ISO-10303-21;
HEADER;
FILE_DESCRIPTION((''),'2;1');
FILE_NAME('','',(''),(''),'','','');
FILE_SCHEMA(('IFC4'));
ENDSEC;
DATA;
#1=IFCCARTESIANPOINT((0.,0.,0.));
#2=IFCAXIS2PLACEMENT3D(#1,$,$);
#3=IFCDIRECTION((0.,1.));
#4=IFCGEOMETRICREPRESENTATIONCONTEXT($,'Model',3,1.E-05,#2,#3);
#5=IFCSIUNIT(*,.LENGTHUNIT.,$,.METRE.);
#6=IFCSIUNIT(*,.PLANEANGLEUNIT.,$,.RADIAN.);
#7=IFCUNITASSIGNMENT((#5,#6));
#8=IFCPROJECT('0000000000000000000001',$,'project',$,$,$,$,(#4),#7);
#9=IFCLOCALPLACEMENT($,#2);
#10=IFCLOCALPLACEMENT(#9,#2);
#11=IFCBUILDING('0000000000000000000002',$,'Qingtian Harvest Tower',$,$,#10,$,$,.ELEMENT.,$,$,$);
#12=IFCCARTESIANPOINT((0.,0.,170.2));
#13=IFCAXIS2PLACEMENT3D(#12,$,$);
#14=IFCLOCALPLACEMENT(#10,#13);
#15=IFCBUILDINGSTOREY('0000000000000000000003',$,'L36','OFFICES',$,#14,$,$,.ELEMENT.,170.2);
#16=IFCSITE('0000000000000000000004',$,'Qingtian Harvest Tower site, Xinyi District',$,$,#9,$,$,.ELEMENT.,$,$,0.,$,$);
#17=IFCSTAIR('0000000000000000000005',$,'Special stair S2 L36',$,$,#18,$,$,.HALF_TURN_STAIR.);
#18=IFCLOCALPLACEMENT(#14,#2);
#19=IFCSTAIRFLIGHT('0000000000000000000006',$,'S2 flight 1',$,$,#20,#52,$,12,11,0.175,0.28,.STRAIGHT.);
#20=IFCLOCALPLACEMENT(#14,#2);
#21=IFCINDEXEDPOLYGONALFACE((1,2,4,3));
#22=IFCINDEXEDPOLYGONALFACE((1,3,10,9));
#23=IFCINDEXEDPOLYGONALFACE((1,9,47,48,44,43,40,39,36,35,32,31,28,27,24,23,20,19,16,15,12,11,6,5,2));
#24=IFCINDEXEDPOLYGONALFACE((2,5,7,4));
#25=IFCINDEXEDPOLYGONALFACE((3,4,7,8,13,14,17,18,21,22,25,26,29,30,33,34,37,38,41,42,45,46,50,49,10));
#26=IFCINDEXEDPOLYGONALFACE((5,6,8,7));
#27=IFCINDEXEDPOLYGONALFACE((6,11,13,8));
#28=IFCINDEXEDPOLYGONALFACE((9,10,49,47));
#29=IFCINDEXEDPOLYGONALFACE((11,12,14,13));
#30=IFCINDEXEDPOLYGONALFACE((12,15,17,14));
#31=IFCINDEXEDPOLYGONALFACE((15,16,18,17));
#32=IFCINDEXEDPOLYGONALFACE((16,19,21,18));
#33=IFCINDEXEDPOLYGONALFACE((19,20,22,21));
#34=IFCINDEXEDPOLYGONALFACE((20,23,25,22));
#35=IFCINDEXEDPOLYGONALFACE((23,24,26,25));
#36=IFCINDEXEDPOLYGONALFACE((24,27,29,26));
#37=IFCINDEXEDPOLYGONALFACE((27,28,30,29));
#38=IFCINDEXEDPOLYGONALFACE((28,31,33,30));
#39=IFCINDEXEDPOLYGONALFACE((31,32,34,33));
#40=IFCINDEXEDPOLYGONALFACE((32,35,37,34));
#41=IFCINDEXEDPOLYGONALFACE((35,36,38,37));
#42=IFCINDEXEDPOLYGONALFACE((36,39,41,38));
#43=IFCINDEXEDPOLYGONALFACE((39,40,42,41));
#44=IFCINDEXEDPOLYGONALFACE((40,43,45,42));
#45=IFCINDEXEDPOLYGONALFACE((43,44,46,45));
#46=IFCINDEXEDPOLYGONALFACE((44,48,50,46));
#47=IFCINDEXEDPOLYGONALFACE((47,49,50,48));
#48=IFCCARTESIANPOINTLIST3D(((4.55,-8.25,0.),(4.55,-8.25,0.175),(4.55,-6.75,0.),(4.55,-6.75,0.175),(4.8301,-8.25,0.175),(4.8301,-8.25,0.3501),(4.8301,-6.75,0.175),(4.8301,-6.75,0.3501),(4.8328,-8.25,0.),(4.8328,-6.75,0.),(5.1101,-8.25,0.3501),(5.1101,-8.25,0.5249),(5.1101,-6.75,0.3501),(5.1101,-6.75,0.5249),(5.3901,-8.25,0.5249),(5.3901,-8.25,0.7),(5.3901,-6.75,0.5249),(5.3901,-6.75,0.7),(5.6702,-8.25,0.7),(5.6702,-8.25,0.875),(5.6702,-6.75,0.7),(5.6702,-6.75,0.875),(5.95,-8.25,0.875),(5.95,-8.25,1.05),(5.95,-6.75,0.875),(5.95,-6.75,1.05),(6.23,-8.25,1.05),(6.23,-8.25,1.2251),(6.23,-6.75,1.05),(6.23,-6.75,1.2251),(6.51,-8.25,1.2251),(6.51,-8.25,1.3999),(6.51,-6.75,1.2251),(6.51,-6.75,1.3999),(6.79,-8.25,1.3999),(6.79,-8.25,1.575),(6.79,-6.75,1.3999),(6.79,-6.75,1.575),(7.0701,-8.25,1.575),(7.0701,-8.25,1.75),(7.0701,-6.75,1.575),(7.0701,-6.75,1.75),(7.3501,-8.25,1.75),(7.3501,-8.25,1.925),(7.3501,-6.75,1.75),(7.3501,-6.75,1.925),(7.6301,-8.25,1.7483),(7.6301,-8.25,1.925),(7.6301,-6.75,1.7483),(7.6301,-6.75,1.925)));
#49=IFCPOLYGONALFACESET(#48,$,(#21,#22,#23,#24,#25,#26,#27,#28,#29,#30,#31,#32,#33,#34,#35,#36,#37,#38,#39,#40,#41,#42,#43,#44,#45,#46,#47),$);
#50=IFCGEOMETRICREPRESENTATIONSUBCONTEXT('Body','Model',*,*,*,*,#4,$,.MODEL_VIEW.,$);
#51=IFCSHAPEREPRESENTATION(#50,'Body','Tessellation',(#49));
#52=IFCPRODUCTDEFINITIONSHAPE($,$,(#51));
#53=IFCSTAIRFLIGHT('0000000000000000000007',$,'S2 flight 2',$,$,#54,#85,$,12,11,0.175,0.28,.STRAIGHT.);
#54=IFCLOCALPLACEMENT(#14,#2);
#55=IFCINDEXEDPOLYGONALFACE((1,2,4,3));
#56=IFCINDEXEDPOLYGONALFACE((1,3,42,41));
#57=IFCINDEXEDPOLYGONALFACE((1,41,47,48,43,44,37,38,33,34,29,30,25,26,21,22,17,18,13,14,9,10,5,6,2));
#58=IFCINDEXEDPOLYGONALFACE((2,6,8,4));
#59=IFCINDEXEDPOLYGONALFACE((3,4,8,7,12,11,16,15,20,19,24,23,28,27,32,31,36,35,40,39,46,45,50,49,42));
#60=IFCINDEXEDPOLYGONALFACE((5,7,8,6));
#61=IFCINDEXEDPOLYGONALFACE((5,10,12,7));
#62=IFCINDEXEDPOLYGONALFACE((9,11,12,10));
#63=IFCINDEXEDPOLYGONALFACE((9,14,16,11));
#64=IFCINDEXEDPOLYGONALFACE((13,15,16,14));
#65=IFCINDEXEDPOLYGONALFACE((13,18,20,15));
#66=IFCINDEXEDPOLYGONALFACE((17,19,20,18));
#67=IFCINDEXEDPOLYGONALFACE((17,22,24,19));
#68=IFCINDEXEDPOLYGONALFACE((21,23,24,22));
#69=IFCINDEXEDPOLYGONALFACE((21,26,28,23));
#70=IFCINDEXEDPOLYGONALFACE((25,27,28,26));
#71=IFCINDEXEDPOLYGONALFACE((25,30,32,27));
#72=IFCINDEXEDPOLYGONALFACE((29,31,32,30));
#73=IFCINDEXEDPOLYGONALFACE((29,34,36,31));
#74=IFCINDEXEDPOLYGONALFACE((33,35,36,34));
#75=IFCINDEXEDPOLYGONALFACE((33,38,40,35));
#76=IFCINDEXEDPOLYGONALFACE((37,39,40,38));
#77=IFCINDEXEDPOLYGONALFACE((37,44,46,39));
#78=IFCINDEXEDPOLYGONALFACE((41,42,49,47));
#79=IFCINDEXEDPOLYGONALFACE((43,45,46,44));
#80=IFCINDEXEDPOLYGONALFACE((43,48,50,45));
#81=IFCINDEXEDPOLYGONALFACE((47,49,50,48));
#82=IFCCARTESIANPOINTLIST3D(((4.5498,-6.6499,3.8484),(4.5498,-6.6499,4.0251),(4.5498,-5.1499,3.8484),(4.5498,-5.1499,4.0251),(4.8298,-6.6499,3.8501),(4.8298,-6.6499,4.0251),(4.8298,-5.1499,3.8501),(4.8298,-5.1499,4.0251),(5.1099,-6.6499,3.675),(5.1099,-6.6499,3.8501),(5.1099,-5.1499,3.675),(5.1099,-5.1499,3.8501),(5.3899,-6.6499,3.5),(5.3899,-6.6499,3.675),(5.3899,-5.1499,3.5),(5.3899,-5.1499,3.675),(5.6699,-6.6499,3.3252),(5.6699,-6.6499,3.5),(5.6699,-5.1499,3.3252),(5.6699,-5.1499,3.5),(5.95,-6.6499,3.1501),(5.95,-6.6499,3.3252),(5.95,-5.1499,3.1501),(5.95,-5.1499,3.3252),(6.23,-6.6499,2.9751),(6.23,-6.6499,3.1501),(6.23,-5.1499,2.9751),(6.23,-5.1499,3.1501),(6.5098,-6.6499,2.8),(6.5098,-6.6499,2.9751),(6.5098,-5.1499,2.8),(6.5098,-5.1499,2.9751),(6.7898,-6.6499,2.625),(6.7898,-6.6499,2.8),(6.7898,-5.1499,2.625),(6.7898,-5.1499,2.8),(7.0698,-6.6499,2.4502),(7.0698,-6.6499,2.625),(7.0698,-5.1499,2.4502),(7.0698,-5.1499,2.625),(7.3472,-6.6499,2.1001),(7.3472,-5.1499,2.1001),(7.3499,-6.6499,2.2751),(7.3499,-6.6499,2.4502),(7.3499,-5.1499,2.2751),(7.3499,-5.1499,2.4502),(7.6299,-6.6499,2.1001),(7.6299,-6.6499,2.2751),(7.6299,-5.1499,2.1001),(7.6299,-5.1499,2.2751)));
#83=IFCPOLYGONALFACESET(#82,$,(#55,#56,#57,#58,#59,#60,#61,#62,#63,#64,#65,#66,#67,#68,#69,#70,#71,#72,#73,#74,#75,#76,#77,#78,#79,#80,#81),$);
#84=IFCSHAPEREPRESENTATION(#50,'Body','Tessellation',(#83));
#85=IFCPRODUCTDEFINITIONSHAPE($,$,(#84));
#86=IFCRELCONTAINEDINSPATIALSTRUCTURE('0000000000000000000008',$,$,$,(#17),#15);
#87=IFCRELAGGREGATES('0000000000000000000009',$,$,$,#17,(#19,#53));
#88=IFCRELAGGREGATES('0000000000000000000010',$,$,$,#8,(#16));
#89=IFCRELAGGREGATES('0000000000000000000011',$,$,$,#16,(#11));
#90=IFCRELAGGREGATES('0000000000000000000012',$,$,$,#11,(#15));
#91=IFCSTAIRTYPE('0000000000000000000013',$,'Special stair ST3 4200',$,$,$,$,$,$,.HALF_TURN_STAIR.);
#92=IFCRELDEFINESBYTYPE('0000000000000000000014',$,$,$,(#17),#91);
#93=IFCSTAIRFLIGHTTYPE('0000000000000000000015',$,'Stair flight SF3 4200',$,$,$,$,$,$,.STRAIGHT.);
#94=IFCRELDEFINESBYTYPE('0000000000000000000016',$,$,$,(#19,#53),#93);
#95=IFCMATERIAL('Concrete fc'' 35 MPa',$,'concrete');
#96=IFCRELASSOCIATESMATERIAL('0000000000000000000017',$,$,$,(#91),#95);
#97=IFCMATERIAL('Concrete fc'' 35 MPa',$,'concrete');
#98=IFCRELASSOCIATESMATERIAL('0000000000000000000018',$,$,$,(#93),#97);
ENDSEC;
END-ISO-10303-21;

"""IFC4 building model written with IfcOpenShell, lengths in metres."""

from ifc_helpers import new_model, si_unit, direction, frame, origin, place, context, subcontext, project, spatial, polyline, outline, extrude, material, type_object, element, aggregate, save


model = new_model("IFC4")

# Units and contexts
model_context = context("Model", 3, precision=1e-05, world=origin(), true_north=direction((0.0, 1.0)))
body_context = subcontext(model_context, "Body", "Model", "MODEL_VIEW")
ifc_project = project(units=[si_unit("LENGTHUNIT", "METRE"), si_unit("PLANEANGLEUNIT", "RADIAN")], contexts=[model_context])

# Site, building, storey
site_placement = place(None, origin())
site = spatial("IfcSite", under=ifc_project, at=site_placement, Name="Qingtian Harvest Tower site, Xinyi District", CompositionType="ELEMENT", RefElevation=0.0)
building_placement = place(site_placement, origin())
building = spatial("IfcBuilding", under=site, at=building_placement, Name="Qingtian Harvest Tower", CompositionType="ELEMENT")
storey_placement = place(building_placement, frame((0.0, 0.0, 170.2)))
storey = spatial("IfcBuildingStorey", under=building, at=storey_placement, Name="L36", Description="OFFICES", CompositionType="ELEMENT", Elevation=170.2)

# Stair, stair flights
ifc_material_1 = material(Name="Concrete fc' 35 MPa", Category="concrete")
stair_type = type_object("IfcStairType", Name="Special stair ST3 4200", PredefinedType="HALF_TURN_STAIR", material=ifc_material_1)
stair_placement = place(storey_placement, origin())
stair = element("IfcStair", 1, at=stair_placement, inside=storey, type_object=stair_type, Name="Special stair S2 L36", PredefinedType="HALF_TURN_STAIR")
ifc_material_2 = material(Name="Concrete fc' 35 MPa", Category="concrete")
stair_flight_type = type_object("IfcStairFlightType", Name="Stair flight SF3 4200", PredefinedType="STRAIGHT", material=ifc_material_2)
stair_flight_1_placement = place(storey_placement, frame((4.55, -7.5, 0.0), z_axis=(0.0, 0.0, 1.0), x_axis=(1.0, 0.0, 0.0)))
stair_flight_1 = element("IfcStairFlight", 2, at=stair_flight_1_placement, type_object=stair_flight_type, Name="S2 flight 1", NumberOfRisers=12, NumberOfTreads=11, PredefinedType="STRAIGHT", RiserHeight=0.175, TreadLength=0.28, context=body_context, shape_type="SweptSolid", body=[
    extrude(outline(polyline([(0.0, 0.0), (0.0, 0.175), (0.28, 0.175), (0.28, 0.3501), (0.5601, 0.3501), (0.5601, 0.5249), (0.8401, 0.5249), (0.8401, 0.7), (1.1201, 0.7), (1.1201, 0.875), (1.3999, 0.875), (1.3999, 1.05), (1.6799, 1.05), (1.6799, 1.2251), (1.96, 1.2251), (1.96, 1.3999), (2.24, 1.3999), (2.24, 1.575), (2.52, 1.575), (2.52, 1.75), (2.8, 1.75), (2.8, 1.925), (3.0801, 1.925), (3.0801, 2.1001), (3.0801, 1.7483), (0.2827, 0.0), (0.0, 0.0)])), frame((0.0, 0.75, 0.0), z_axis=(0.0, -1.0, 0.0), x_axis=(1.0, 0.0, 0.0)), (0.0, 0.0, 1.0), 1.5),
])
stair_flight_2_placement = place(storey_placement, frame((7.6299, -5.8999, 2.1001), z_axis=(0.0, 0.0, 1.0), x_axis=(-1.0, 0.0, 0.0)))
stair_flight_2 = element("IfcStairFlight", 3, at=stair_flight_2_placement, type_object=stair_flight_type, Name="S2 flight 2", NumberOfRisers=12, NumberOfTreads=11, PredefinedType="STRAIGHT", RiserHeight=0.175, TreadLength=0.28, context=body_context, shape_type="SweptSolid", body=[
    extrude(outline(polyline([(0.0, 0.0), (0.0, 0.175), (0.28, 0.175), (0.28, 0.3501), (0.5601, 0.3501), (0.5601, 0.5249), (0.8401, 0.5249), (0.8401, 0.7), (1.1201, 0.7), (1.1201, 0.875), (1.3999, 0.875), (1.3999, 1.05), (1.6799, 1.05), (1.6799, 1.2251), (1.96, 1.2251), (1.96, 1.3999), (2.24, 1.3999), (2.24, 1.575), (2.52, 1.575), (2.52, 1.75), (2.8, 1.75), (2.8, 1.925), (3.0801, 1.925), (3.0801, 2.1001), (3.0801, 1.7483), (0.2827, 0.0), (0.0, 0.0)])), frame((0.0, 0.75, 0.0), z_axis=(0.0, -1.0, 0.0), x_axis=(1.0, 0.0, 0.0)), (0.0, 0.0, 1.0), 1.5),
])
aggregate(stair, [stair_flight_1, stair_flight_2])

save(model, "model.ifc")
